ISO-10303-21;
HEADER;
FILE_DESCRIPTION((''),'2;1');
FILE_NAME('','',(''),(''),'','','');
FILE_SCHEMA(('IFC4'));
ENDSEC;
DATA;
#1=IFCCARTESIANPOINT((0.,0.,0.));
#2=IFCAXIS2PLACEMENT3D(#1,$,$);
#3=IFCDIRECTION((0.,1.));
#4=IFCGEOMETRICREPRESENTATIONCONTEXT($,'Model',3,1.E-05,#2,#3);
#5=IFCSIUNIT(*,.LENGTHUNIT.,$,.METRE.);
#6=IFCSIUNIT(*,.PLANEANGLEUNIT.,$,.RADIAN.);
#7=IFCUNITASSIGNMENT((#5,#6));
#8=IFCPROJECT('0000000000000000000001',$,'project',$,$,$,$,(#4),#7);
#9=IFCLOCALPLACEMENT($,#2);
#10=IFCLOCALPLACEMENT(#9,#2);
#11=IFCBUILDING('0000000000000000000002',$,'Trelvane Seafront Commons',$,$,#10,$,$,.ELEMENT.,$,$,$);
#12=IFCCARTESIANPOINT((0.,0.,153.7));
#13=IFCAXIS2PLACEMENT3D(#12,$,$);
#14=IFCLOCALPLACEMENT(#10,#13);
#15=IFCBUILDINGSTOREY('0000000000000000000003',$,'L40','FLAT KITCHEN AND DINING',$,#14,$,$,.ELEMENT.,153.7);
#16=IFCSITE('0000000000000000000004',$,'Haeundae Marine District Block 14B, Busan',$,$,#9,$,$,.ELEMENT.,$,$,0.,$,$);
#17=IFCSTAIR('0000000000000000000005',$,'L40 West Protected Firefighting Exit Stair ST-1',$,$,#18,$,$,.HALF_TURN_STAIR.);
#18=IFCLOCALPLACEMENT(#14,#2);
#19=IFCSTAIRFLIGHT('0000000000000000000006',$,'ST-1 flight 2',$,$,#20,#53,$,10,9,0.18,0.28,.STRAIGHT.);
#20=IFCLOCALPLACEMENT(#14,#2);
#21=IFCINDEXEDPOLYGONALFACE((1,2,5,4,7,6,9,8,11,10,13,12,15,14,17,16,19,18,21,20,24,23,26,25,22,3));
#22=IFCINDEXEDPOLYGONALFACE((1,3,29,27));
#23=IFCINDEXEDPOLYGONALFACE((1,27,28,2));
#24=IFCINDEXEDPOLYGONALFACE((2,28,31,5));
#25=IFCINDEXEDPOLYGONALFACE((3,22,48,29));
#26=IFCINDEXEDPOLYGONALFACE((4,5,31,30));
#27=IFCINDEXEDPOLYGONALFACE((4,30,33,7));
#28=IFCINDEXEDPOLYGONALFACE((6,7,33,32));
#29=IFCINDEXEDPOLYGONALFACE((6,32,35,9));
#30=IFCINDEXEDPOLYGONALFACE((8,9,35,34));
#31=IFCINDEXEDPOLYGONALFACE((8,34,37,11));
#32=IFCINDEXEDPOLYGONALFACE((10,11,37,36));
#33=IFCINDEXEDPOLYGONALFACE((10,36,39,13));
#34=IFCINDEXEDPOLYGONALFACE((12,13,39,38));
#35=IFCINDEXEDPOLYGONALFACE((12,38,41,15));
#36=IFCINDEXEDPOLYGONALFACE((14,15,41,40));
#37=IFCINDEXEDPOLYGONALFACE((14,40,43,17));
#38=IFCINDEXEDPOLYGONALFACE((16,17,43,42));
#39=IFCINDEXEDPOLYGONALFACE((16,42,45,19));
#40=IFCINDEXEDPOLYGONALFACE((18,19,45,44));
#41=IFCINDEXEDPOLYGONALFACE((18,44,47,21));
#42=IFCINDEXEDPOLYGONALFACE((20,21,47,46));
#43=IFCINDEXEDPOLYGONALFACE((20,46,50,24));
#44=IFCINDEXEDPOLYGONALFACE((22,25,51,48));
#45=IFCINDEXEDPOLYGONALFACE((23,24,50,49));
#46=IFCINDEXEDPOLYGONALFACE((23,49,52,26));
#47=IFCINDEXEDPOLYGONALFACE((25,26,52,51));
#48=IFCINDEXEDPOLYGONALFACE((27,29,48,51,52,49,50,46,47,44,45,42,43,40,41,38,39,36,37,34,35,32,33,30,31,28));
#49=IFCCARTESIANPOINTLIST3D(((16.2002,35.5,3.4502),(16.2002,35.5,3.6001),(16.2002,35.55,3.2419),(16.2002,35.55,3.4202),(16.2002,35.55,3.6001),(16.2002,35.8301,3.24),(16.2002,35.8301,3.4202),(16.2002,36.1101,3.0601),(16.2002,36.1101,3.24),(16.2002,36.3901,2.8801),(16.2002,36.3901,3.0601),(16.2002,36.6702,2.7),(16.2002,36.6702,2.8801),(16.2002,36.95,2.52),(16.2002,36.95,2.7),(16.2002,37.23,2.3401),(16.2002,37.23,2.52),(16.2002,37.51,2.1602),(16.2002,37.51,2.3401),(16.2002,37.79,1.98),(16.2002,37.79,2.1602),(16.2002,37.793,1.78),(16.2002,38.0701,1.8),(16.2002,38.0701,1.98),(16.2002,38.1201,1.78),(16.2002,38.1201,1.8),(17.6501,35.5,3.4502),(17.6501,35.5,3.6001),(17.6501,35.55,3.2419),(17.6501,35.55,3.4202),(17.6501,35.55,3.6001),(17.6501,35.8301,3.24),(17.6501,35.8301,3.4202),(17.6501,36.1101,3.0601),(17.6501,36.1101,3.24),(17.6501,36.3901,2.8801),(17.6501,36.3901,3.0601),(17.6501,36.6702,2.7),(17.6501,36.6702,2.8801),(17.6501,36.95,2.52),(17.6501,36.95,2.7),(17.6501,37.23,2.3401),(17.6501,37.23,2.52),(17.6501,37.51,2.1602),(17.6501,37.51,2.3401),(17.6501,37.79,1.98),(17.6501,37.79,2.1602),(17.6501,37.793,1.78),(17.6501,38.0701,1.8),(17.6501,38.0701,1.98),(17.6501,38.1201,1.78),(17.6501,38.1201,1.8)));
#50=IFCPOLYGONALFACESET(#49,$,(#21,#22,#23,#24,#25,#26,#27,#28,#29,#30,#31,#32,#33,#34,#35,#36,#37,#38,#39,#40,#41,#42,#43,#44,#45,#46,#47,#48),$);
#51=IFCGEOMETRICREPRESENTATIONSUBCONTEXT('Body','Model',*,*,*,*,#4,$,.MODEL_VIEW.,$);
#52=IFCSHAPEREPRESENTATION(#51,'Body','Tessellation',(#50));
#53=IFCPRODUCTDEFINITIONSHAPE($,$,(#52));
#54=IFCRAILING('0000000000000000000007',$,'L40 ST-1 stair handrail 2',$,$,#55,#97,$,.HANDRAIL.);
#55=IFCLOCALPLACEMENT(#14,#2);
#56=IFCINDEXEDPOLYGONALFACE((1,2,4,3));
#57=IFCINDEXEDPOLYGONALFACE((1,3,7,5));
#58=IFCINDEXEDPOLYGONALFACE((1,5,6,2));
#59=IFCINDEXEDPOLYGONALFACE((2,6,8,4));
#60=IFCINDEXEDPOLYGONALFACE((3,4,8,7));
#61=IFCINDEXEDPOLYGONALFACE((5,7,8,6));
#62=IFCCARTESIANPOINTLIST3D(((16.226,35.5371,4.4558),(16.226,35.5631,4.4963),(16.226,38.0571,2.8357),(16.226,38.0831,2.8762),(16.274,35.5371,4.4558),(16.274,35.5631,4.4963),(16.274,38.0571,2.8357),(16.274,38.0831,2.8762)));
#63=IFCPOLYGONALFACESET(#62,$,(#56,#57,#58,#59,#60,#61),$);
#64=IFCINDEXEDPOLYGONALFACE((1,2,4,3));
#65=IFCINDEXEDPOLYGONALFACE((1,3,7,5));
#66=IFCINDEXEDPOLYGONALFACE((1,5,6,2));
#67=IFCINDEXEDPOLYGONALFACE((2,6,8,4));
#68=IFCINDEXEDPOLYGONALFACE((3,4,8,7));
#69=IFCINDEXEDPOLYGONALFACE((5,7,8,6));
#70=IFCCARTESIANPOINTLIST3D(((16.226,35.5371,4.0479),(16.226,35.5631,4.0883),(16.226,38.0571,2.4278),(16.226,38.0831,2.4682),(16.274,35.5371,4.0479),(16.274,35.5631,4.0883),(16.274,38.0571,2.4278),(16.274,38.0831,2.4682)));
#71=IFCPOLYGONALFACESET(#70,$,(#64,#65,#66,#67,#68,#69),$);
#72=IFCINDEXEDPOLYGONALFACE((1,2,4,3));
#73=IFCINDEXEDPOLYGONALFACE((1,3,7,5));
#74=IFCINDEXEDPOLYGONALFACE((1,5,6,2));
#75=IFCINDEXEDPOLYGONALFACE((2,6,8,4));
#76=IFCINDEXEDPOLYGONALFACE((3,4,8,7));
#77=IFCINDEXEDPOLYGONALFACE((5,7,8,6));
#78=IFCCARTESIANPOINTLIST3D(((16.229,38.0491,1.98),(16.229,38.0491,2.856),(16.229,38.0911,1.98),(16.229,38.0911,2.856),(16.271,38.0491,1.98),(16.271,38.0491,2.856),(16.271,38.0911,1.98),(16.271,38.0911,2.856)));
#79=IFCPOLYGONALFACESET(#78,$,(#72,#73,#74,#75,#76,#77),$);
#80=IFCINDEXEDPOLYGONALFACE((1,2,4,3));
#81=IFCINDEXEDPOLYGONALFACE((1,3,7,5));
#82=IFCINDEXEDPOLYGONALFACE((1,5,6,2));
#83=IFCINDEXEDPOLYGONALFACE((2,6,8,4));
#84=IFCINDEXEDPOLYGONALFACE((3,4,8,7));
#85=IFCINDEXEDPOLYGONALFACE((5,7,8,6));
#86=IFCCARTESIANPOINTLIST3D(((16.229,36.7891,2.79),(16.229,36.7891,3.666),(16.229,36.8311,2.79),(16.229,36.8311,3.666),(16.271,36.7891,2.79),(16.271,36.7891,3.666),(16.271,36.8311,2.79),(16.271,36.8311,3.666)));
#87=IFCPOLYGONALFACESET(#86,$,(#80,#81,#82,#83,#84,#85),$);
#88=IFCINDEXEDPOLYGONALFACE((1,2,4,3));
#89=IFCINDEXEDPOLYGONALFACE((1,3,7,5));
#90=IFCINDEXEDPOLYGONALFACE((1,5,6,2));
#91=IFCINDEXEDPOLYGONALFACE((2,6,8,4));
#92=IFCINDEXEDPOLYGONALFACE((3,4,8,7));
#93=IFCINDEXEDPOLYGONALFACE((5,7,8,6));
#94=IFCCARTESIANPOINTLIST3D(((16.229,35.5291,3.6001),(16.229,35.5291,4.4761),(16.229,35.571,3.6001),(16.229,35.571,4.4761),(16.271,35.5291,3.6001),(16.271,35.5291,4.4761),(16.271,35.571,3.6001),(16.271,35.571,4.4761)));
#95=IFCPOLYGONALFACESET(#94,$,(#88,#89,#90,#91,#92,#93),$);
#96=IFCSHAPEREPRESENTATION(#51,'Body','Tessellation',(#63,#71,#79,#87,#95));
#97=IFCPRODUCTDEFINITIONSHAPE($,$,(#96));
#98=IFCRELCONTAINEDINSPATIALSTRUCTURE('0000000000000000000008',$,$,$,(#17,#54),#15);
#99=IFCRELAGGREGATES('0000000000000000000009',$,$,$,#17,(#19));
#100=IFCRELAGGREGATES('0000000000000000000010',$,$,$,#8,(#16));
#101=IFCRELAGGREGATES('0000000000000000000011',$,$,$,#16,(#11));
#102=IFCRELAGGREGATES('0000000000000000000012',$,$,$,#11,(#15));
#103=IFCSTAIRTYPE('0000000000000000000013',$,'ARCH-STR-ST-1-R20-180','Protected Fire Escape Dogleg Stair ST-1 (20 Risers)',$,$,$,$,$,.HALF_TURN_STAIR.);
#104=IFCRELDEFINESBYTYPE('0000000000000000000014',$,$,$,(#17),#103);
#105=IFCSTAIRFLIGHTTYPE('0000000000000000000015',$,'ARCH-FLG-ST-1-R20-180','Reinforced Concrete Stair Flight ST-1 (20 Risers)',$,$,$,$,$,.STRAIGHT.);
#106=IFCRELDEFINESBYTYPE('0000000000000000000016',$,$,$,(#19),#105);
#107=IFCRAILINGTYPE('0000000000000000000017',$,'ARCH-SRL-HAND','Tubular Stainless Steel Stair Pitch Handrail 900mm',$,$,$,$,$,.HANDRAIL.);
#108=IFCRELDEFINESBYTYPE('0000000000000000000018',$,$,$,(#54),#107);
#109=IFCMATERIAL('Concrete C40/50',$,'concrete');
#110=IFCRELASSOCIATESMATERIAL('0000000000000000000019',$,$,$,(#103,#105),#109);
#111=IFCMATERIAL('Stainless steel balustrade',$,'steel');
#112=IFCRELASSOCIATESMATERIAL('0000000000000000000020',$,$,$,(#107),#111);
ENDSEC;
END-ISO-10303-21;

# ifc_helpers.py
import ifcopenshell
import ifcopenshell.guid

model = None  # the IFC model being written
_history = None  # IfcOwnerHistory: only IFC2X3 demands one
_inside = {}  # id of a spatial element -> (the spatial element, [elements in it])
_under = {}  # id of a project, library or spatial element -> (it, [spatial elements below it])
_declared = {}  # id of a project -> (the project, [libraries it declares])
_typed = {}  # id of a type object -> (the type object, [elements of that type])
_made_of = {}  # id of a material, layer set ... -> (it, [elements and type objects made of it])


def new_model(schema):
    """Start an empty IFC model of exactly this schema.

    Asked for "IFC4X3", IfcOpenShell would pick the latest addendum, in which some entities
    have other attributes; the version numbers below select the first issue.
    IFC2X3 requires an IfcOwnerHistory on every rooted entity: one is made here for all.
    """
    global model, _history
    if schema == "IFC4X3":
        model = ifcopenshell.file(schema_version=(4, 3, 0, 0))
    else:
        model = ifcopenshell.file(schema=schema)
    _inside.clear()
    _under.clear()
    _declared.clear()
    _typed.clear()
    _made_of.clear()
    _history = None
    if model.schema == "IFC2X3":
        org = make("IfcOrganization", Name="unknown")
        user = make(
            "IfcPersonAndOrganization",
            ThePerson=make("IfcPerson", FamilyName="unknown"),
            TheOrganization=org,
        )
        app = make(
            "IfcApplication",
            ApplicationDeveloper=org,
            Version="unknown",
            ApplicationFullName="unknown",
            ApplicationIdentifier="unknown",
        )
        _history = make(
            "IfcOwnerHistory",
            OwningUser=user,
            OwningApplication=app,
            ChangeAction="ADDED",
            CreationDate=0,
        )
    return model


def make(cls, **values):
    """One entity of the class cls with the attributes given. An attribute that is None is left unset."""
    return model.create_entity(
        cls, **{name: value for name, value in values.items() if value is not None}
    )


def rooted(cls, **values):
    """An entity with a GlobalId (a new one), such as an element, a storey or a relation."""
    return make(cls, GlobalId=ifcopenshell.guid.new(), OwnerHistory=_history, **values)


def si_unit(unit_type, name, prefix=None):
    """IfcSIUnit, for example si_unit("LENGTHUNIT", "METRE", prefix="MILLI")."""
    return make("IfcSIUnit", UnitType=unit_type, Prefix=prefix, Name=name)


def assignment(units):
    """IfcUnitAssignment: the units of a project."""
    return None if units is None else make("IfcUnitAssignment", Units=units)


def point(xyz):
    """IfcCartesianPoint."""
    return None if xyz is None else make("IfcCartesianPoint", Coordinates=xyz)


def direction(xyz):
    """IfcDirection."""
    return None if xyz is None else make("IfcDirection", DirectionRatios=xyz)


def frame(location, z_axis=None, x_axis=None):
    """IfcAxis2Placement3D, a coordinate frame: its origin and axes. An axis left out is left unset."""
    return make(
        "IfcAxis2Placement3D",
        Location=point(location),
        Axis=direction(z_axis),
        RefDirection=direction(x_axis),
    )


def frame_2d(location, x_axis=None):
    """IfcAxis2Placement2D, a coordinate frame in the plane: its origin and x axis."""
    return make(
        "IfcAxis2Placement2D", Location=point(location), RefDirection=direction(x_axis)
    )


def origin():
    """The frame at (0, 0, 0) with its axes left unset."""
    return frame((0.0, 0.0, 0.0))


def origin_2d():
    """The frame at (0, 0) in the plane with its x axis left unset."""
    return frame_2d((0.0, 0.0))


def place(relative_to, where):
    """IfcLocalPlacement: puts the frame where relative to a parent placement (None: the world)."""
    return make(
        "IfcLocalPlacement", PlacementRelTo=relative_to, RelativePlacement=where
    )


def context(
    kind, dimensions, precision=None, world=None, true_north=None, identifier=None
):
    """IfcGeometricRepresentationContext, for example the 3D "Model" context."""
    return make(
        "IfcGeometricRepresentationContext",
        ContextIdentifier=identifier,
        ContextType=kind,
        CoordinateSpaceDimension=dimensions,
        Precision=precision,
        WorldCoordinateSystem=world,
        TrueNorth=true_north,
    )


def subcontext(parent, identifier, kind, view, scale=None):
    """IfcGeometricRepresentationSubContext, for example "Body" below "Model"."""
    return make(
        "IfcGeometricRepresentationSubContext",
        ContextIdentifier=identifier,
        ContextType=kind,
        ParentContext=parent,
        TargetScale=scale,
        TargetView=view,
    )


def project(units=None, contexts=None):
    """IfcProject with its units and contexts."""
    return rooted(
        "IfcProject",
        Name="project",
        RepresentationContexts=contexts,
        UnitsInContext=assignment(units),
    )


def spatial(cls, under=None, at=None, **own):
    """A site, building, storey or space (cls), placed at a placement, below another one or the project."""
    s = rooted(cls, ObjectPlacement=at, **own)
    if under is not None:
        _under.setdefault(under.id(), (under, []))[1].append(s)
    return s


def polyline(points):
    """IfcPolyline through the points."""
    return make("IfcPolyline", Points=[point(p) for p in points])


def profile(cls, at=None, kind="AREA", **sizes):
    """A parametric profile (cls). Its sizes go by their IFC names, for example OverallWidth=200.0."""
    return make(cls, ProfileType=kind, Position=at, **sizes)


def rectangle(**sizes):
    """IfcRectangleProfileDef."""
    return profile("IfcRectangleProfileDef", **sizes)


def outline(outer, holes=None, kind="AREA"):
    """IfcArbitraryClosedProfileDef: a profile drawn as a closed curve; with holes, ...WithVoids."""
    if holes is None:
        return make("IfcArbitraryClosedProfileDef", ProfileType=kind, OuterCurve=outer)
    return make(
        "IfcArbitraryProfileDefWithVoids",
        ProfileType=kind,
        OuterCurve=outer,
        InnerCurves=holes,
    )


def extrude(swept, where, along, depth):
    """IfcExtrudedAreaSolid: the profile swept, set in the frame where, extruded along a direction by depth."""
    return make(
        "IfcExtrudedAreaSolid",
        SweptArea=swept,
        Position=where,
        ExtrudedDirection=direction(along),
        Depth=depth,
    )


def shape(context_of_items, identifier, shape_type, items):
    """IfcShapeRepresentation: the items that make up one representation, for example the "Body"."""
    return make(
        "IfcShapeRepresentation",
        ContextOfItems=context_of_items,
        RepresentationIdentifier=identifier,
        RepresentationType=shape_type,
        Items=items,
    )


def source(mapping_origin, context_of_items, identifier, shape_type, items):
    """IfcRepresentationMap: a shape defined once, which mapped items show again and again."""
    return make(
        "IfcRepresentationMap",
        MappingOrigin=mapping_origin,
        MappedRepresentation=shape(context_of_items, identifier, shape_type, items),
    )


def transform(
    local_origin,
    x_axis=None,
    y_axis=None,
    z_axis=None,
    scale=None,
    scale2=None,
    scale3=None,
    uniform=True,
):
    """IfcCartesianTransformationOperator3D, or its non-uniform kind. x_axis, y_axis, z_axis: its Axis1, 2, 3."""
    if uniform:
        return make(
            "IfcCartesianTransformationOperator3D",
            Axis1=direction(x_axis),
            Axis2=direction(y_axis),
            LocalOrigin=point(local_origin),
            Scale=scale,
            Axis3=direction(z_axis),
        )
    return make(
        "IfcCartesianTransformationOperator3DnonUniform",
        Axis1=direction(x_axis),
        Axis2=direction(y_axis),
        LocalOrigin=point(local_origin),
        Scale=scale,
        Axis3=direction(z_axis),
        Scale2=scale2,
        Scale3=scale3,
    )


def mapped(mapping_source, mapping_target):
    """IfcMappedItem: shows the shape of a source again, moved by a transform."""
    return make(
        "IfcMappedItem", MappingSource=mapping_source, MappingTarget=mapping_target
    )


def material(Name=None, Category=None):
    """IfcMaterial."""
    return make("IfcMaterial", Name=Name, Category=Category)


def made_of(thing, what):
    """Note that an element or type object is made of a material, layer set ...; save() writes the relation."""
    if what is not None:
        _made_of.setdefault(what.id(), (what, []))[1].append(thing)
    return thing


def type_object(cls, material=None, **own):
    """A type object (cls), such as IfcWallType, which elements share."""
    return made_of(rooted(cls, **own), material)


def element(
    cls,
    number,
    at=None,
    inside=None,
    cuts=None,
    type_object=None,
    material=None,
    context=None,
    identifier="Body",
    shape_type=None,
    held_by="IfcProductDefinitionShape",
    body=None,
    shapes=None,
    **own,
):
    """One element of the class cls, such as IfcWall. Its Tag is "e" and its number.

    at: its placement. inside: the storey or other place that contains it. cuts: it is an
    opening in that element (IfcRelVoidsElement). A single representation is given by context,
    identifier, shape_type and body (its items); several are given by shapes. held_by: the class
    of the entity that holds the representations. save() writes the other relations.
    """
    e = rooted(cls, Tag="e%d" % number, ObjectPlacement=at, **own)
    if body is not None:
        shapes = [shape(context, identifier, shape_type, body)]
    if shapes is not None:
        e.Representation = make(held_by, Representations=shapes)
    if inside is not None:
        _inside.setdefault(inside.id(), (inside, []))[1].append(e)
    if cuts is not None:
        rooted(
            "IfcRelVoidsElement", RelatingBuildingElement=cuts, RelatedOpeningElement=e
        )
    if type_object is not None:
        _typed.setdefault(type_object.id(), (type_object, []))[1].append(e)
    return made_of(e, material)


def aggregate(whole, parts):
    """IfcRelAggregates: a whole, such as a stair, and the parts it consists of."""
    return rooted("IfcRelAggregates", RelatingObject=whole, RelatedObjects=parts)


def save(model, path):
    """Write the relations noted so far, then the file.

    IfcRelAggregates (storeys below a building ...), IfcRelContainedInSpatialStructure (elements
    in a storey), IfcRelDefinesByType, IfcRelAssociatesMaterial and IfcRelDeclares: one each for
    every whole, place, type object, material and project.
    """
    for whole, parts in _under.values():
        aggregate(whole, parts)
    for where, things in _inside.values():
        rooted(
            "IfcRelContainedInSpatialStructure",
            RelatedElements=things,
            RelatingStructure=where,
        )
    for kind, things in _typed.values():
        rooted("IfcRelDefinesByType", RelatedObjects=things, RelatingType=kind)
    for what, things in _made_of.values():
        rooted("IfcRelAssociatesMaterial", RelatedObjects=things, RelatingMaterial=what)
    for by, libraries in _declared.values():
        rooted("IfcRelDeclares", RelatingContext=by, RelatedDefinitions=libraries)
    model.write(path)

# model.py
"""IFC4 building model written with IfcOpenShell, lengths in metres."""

from ifc_helpers import new_model, si_unit, direction, frame, origin, origin_2d, place, context, subcontext, project, spatial, polyline, rectangle, outline, extrude, source, transform, mapped, material, type_object, element, aggregate, save


model = new_model("IFC4")

# Units and contexts
model_context = context("Model", 3, precision=1e-05, world=origin(), true_north=direction((0.0, 1.0)))
body_context = subcontext(model_context, "Body", "Model", "MODEL_VIEW")
ifc_project = project(units=[si_unit("LENGTHUNIT", "METRE"), si_unit("PLANEANGLEUNIT", "RADIAN")], contexts=[model_context])

# Site, building, storey
site_placement = place(None, origin())
site = spatial("IfcSite", under=ifc_project, at=site_placement, Name="Haeundae Marine District Block 14B, Busan", CompositionType="ELEMENT", RefElevation=0.0)
building_placement = place(site_placement, origin())
building = spatial("IfcBuilding", under=site, at=building_placement, Name="Trelvane Seafront Commons", CompositionType="ELEMENT")
storey_placement = place(building_placement, frame((0.0, 0.0, 153.7)))
storey = spatial("IfcBuildingStorey", under=building, at=storey_placement, Name="L40", Description="FLAT KITCHEN AND DINING", CompositionType="ELEMENT", Elevation=153.7)

# Stair, stair flight
ifc_material_1 = material(Name="Concrete C40/50", Category="concrete")
stair_type = type_object("IfcStairType", Name="ARCH-STR-ST-1-R20-180", Description="Protected Fire Escape Dogleg Stair ST-1 (20 Risers)", PredefinedType="HALF_TURN_STAIR", material=ifc_material_1)
stair_placement = place(storey_placement, origin())
stair = element("IfcStair", 1, at=stair_placement, inside=storey, type_object=stair_type, Name="L40 West Protected Firefighting Exit Stair ST-1", PredefinedType="HALF_TURN_STAIR")
stair_flight_type = type_object("IfcStairFlightType", Name="ARCH-FLG-ST-1-R20-180", Description="Reinforced Concrete Stair Flight ST-1 (20 Risers)", PredefinedType="STRAIGHT", material=ifc_material_1)
shared_shape_1 = source(origin(), body_context, "Body", "SweptSolid", [
    extrude(outline(polyline([(-0.05, -0.02), (-0.05, 0.0), (0.0, 0.0), (0.0, 0.1799), (0.28, 0.1799), (0.28, 0.3601), (0.5601, 0.3601), (0.5601, 0.54), (0.8401, 0.54), (0.8401, 0.72), (1.1201, 0.72), (1.1201, 0.8999), (1.3999, 0.8999), (1.3999, 1.0801), (1.6799, 1.0801), (1.6799, 1.26), (1.96, 1.26), (1.96, 1.4399), (2.24, 1.4399), (2.24, 1.6201), (2.52, 1.6201), (2.52, 1.8), (2.5701, 1.8), (2.5701, 1.6501), (2.52, 1.4419), (0.2771, -0.02), (-0.05, -0.02)])), frame((0.0, 0.7251, 0.0), z_axis=(0.0, -1.0, 0.0), x_axis=(1.0, 0.0, 0.0)), (0.0, 0.0, 1.0), 1.45),
])
stair_flight_placement = place(storey_placement, frame((16.925, 38.0701, 1.8), z_axis=(0.0, 0.0, 1.0), x_axis=(0.0, -1.0, 0.0)))
stair_flight = element("IfcStairFlight", 2, at=stair_flight_placement, type_object=stair_flight_type, Name="ST-1 flight 2", NumberOfRisers=10, NumberOfTreads=9, PredefinedType="STRAIGHT", RiserHeight=0.18, TreadLength=0.28, context=body_context, shape_type="MappedRepresentation", body=[
    mapped(shared_shape_1, transform((0.0, 0.0, 0.0), x_axis=(1.0, 0.0, 0.0), y_axis=(0.0, 1.0, 0.0), z_axis=(0.0, 0.0, 1.0), scale=1.0)),
])
aggregate(stair, [stair_flight])

# Railing
ifc_material_2 = material(Name="Stainless steel balustrade", Category="steel")
railing_type = type_object("IfcRailingType", Name="ARCH-SRL-HAND", Description="Tubular Stainless Steel Stair Pitch Handrail 900mm", PredefinedType="HANDRAIL", material=ifc_material_2)
railing_placement = place(storey_placement, frame((16.25, 38.0701, 1.98)))
element("IfcRailing", 3, at=railing_placement, inside=storey, type_object=railing_type, Name="L40 ST-1 stair handrail 2", PredefinedType="HANDRAIL", context=body_context, shape_type="SweptSolid", body=[
    extrude(rectangle(XDim=0.0481, YDim=0.0481, at=origin_2d()), frame((0.0, 0.0, 0.876), z_axis=(0.0, -0.841163, 0.540782), x_axis=(1.0, 0.0, 0.0)), (0.0, 0.0, 1.0), 2.9958),
    extrude(rectangle(XDim=0.0481, YDim=0.0481, at=origin_2d()), frame((0.0, 0.0, 0.468), z_axis=(0.0, -0.841163, 0.540782), x_axis=(1.0, 0.0, 0.0)), (0.0, 0.0, 1.0), 2.9958),
    extrude(rectangle(XDim=0.042, YDim=0.042, at=origin_2d()), origin(), (0.0, 0.0, 1.0), 0.876),
    extrude(rectangle(XDim=0.042, YDim=0.042, at=origin_2d()), frame((0.0, -1.26, 0.8101)), (0.0, 0.0, 1.0), 0.876),
    extrude(rectangle(XDim=0.042, YDim=0.042, at=origin_2d()), frame((0.0, -2.52, 1.6201)), (0.0, 0.0, 1.0), 0.876),
])

save(model, "model.ifc")
